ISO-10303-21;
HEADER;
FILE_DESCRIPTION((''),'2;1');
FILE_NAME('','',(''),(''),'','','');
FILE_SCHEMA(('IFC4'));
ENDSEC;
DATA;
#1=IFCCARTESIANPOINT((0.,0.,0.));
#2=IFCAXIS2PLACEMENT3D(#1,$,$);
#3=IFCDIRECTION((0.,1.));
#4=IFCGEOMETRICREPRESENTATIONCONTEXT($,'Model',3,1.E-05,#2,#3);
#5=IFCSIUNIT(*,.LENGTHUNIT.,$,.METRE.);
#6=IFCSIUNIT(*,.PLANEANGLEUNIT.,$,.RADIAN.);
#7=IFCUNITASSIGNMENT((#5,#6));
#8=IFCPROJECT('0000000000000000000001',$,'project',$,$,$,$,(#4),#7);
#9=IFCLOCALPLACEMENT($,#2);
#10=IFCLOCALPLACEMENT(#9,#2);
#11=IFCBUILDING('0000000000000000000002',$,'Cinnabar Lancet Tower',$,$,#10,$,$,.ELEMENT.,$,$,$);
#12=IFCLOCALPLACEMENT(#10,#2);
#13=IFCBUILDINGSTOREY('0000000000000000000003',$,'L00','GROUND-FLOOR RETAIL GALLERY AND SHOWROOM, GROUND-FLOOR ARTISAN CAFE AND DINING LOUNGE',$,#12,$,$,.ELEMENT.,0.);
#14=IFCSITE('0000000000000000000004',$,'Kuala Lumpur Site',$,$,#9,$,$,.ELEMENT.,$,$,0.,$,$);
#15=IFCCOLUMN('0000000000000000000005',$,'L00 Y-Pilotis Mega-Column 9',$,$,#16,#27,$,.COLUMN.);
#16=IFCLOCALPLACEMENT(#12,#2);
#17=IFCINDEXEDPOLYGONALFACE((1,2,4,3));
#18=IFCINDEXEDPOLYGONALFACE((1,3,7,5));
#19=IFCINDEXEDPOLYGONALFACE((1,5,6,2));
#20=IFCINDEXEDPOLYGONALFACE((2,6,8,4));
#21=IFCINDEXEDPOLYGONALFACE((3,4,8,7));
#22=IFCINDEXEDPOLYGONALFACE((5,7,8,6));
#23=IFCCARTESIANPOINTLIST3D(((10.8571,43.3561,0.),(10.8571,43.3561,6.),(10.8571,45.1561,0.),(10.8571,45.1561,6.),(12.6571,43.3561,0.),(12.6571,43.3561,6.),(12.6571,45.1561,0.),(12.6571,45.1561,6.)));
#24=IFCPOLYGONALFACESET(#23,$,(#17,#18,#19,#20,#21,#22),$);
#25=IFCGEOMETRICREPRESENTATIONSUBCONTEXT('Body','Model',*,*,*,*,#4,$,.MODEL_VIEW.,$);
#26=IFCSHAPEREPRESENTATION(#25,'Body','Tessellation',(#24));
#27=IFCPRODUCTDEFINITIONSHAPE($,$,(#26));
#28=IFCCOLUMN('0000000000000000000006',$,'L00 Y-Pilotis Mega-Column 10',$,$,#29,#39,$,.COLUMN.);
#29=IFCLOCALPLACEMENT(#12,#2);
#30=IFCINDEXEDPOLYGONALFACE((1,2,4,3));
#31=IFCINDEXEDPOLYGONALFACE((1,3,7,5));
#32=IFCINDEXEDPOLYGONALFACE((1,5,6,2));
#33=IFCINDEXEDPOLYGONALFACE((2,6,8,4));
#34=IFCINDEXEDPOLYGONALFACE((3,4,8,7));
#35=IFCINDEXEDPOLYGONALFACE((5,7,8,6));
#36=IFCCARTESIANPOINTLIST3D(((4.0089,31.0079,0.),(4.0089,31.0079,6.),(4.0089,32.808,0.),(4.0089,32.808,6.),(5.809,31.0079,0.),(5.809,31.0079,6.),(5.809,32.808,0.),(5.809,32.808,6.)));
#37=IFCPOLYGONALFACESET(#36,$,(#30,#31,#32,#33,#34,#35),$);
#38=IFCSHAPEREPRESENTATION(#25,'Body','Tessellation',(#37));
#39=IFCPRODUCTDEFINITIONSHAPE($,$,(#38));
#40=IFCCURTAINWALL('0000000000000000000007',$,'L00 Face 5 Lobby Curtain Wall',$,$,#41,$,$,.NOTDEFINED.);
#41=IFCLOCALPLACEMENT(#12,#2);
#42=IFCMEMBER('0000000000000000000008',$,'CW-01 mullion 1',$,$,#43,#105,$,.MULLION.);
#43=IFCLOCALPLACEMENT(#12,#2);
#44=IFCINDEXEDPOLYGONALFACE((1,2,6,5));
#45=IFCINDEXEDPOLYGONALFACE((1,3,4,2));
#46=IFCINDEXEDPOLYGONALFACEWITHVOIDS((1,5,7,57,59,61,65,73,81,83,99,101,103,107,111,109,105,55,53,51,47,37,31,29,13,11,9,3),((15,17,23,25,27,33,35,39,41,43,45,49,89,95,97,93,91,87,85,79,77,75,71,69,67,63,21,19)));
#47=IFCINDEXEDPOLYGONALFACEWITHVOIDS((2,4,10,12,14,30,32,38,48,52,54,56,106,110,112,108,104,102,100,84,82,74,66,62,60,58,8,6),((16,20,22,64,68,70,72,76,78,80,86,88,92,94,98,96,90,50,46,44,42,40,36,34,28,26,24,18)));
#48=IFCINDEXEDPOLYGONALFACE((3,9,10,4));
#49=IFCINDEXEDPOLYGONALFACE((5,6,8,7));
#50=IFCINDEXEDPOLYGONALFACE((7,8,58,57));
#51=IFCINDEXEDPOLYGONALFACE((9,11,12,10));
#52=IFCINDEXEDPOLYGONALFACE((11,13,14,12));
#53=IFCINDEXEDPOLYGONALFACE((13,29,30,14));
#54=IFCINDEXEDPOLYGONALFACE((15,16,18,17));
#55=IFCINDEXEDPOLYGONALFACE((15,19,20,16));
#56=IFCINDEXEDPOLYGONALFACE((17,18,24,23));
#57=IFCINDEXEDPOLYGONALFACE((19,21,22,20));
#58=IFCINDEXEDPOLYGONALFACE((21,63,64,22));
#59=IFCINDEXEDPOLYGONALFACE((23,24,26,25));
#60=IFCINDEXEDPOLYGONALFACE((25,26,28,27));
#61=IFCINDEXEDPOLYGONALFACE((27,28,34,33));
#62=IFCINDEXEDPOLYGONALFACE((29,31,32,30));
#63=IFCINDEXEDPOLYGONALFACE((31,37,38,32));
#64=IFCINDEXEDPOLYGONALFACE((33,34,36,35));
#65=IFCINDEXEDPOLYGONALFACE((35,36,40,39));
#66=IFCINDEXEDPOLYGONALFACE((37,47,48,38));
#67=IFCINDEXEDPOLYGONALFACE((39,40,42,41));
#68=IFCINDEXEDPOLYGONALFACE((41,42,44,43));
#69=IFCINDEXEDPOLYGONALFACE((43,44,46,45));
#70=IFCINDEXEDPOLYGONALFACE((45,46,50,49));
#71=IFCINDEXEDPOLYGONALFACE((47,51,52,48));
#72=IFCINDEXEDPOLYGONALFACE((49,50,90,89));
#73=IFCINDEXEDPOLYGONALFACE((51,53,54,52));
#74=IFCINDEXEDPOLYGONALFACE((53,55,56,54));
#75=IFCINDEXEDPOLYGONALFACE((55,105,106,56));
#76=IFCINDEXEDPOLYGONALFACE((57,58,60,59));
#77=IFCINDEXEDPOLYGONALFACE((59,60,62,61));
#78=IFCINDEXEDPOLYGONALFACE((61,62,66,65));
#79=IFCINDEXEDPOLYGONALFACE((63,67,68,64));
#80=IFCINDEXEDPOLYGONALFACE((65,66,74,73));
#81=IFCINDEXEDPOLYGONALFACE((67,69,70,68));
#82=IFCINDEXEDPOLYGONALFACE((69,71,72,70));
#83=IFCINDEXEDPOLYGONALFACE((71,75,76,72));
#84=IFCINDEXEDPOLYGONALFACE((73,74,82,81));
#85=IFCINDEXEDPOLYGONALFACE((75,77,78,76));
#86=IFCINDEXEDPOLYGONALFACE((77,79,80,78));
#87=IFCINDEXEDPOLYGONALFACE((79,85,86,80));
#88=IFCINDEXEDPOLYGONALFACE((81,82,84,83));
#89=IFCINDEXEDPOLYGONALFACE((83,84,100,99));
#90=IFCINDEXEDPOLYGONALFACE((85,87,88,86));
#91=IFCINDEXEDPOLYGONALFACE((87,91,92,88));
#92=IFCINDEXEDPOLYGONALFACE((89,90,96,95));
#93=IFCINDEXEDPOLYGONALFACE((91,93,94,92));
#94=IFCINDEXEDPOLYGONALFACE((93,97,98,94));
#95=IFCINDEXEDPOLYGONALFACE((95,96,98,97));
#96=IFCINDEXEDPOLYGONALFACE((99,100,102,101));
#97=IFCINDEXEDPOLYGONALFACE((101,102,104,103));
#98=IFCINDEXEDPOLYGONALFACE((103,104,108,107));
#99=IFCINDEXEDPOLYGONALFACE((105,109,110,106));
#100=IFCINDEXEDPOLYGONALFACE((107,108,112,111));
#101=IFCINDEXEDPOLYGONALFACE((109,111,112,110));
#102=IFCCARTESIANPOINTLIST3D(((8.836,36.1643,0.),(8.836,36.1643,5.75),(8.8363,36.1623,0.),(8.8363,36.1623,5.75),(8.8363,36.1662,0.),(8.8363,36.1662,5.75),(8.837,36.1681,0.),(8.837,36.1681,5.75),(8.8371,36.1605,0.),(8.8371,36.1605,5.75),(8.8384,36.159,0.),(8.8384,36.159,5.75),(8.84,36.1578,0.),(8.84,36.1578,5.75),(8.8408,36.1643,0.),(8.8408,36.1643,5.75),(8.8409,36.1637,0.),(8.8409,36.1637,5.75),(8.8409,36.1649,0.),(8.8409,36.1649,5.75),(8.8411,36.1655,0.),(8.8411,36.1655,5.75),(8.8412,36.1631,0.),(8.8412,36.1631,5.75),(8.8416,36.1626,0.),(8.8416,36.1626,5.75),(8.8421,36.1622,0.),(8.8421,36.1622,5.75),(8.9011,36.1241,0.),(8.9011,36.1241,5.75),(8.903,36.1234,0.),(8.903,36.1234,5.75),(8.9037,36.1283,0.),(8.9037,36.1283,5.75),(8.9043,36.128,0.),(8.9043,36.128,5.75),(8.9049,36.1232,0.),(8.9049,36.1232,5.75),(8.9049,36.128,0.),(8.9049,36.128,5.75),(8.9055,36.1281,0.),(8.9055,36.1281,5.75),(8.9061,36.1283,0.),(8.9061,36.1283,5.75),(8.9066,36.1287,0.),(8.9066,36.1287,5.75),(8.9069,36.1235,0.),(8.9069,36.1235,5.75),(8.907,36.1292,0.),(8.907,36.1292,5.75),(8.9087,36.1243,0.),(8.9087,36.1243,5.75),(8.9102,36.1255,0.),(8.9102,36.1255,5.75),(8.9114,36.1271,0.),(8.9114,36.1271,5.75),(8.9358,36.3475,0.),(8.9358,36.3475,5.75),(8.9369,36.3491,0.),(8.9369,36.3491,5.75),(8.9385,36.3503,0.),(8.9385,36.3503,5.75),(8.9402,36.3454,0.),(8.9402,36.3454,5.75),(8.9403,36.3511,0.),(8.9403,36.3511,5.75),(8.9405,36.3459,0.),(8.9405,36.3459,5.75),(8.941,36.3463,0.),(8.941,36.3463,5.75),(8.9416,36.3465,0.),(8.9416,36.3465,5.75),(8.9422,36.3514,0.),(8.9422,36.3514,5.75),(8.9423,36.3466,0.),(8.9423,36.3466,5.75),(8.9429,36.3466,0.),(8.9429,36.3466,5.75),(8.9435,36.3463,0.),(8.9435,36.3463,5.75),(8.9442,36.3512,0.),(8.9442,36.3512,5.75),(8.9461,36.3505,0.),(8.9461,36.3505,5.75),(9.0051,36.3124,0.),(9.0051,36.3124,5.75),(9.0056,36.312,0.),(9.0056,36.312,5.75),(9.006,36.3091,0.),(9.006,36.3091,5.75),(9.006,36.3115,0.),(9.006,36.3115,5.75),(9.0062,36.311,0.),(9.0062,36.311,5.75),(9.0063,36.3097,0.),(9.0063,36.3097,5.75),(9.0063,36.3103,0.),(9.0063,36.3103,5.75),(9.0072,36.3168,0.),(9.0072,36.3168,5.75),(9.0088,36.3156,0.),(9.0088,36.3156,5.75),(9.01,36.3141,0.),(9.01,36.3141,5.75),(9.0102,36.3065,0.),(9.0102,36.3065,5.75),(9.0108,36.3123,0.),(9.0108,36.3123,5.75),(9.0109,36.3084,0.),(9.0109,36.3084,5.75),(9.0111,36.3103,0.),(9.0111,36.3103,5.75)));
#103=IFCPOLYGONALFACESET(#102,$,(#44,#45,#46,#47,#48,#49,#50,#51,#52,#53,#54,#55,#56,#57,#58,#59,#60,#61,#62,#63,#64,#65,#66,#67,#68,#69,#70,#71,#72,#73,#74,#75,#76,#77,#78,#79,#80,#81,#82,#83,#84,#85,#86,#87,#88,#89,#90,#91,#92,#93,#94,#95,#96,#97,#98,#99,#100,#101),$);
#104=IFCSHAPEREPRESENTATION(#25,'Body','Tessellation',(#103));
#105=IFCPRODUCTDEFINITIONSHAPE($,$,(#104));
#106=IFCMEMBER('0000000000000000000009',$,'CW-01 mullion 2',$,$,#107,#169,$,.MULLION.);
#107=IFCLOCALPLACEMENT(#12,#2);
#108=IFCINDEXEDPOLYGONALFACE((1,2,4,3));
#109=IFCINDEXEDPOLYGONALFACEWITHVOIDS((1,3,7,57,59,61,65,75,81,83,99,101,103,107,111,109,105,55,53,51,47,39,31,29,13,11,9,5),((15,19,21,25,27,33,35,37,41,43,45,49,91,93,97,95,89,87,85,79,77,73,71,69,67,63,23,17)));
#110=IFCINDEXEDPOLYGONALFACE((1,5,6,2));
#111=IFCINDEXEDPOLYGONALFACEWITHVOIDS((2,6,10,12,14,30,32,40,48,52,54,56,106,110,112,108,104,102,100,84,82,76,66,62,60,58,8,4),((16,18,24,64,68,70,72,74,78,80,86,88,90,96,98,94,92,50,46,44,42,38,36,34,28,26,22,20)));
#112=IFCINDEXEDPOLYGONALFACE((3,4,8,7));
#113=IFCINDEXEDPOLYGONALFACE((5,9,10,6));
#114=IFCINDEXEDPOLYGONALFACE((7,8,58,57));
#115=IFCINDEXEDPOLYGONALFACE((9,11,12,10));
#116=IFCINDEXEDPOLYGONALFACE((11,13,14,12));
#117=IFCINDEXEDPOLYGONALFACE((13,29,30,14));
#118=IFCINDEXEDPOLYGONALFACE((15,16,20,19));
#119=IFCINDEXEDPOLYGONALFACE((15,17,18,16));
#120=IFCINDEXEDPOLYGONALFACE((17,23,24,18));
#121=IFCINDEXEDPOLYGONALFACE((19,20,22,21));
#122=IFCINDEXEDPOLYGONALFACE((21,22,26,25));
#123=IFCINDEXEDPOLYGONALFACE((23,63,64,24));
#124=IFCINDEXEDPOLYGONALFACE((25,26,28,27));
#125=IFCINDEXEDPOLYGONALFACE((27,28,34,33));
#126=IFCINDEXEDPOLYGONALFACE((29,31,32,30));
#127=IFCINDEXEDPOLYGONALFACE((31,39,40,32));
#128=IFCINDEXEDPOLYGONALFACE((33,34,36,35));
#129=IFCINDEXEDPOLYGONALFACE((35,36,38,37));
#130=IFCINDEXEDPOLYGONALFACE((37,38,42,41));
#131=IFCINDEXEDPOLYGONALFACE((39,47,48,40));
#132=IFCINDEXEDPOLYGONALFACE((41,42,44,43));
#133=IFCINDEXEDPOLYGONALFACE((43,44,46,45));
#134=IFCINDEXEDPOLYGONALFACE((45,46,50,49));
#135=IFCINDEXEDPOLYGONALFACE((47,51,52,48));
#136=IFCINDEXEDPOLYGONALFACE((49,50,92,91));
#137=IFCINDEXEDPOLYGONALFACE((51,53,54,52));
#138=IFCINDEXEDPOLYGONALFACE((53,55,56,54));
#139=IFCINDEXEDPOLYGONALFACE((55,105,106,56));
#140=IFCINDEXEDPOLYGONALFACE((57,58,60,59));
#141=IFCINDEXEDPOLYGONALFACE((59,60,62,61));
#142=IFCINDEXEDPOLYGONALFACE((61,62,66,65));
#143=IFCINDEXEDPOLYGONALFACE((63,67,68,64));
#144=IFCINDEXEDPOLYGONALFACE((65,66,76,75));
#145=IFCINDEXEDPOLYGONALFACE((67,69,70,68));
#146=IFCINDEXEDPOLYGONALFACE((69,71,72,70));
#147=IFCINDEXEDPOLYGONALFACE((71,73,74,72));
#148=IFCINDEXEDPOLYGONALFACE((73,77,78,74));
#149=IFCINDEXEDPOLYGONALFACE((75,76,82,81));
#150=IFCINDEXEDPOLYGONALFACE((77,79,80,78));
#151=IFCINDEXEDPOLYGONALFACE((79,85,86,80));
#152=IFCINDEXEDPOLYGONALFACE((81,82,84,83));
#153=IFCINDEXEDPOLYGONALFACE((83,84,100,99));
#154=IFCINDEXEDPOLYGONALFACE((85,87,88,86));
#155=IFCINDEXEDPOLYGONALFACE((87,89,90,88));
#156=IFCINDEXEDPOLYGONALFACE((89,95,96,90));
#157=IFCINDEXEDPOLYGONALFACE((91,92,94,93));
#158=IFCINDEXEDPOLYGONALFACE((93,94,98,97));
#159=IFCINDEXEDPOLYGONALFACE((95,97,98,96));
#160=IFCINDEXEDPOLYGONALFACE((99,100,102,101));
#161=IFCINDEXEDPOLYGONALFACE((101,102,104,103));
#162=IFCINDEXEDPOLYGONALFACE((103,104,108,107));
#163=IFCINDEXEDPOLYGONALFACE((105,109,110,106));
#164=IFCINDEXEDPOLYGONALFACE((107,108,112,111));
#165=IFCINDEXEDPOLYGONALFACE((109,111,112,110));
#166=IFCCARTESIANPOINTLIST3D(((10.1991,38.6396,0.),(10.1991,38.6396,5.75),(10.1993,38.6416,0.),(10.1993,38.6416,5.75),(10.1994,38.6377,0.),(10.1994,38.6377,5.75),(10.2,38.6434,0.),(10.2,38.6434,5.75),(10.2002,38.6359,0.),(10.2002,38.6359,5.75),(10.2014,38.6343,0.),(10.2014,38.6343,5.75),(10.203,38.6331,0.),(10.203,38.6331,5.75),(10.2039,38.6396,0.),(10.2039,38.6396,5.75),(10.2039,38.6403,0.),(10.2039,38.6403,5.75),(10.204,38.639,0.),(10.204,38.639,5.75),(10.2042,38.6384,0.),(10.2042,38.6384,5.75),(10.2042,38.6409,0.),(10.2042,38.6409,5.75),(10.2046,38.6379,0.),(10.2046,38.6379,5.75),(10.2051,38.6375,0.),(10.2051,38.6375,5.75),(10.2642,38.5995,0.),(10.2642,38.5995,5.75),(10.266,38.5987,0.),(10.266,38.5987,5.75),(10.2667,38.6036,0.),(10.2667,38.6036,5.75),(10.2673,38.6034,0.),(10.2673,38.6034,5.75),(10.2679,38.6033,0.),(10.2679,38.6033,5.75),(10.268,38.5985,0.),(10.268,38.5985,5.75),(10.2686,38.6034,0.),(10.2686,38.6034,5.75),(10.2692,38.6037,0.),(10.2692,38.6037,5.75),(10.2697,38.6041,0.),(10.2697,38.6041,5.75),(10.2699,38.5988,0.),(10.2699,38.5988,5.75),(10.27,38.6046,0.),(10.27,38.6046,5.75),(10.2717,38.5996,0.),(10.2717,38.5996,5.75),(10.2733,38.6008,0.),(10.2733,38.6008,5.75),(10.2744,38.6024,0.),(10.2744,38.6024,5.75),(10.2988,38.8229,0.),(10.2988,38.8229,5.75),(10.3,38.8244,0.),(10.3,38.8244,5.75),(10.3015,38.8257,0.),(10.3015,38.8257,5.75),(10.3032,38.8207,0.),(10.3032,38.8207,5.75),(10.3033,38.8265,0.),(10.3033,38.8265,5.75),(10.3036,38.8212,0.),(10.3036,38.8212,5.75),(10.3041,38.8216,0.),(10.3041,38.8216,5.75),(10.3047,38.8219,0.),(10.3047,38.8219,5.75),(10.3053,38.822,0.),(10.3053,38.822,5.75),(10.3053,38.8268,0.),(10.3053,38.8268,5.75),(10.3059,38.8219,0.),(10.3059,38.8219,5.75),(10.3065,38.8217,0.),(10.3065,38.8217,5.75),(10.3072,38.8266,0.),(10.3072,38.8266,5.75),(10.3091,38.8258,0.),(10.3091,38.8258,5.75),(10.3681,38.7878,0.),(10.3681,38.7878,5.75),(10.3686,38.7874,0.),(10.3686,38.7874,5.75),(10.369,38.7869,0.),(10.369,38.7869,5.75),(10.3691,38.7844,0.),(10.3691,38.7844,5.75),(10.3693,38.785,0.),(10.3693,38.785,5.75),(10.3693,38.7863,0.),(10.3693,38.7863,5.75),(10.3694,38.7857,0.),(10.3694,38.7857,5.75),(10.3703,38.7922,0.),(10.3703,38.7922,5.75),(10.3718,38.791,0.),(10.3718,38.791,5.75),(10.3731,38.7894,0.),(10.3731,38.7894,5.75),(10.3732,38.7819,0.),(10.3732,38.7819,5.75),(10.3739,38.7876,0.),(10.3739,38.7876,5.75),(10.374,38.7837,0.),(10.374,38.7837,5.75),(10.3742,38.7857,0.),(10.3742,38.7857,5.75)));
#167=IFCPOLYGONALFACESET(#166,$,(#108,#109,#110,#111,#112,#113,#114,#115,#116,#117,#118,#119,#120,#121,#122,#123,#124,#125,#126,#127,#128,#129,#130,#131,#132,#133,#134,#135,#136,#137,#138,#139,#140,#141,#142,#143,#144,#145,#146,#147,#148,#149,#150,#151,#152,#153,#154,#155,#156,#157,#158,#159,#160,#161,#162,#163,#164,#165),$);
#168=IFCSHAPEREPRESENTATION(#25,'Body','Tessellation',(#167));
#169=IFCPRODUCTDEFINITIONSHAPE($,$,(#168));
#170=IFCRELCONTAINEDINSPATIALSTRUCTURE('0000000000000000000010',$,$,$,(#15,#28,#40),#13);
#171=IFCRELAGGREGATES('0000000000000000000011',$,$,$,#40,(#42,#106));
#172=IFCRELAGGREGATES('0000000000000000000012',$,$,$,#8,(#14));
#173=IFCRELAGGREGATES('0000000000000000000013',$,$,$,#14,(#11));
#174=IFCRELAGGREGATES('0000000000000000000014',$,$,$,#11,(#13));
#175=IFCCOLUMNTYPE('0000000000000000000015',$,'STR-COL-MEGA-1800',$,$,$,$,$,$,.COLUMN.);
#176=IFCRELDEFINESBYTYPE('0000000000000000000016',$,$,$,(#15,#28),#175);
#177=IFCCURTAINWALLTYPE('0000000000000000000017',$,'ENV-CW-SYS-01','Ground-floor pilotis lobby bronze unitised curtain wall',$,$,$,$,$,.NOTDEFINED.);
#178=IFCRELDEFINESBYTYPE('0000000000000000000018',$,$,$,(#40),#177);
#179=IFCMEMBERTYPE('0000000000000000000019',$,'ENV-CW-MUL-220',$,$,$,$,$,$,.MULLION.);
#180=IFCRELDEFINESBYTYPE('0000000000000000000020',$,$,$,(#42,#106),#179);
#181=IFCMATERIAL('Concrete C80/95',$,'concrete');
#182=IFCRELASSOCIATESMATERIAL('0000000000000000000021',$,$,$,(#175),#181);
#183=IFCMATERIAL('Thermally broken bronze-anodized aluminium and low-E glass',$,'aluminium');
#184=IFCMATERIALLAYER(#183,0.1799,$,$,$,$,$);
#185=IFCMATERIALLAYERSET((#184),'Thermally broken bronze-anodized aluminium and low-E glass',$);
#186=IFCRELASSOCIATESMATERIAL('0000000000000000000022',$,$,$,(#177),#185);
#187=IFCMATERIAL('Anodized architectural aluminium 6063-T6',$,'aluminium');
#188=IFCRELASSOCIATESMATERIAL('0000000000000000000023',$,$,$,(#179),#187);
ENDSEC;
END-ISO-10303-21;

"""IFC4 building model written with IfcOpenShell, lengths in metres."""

from ifc_helpers import new_model, si_unit, direction, frame, origin, origin_2d, place, context, subcontext, project, spatial, rectangle, hollow_rectangle, extrude, material, layer, layer_set, material_profile, profile_set, type_object, element, aggregate, save


model = new_model("IFC4")

# Units and contexts
model_context = context("Model", 3, precision=1e-05, world=origin(), true_north=direction((0.0, 1.0)))
body_context = subcontext(model_context, "Body", "Model", "MODEL_VIEW")
ifc_project = project(units=[si_unit("LENGTHUNIT", "METRE"), si_unit("PLANEANGLEUNIT", "RADIAN")], contexts=[model_context])

# Site, building, storey
site_placement = place(None, origin())
site = spatial("IfcSite", under=ifc_project, at=site_placement, Name="Kuala Lumpur Site", CompositionType="ELEMENT", RefElevation=0.0)
building_placement = place(site_placement, origin())
building = spatial("IfcBuilding", under=site, at=building_placement, Name="Cinnabar Lancet Tower", CompositionType="ELEMENT")
storey_placement = place(building_placement, origin())
storey = spatial("IfcBuildingStorey", under=building, at=storey_placement, Name="L00", Description="GROUND-FLOOR RETAIL GALLERY AND SHOWROOM, GROUND-FLOOR ARTISAN CAFE AND DINING LOUNGE", CompositionType="ELEMENT", Elevation=0.0)

# Columns
ifc_material_1 = material(Name="Concrete C80/95", Category="concrete")
ifc_material_profile_1 = material_profile(ifc_material_1, rectangle(XDim=1.8, YDim=1.8, at=origin_2d()), Name="RC-MEGA 1800x1800")
ifc_profile_set_1 = profile_set([ifc_material_profile_1], Name="Concrete C80/95")
column_type = type_object("IfcColumnType", Name="STR-COL-MEGA-1800", PredefinedType="COLUMN", material=ifc_profile_set_1)
for number, where, z_axis, x_axis, name in (
    (1, (11.7571, 44.2561, 0.0), (0.0, 0.0, 1.0), (1.0, 0.0, 0.0), "L00 Y-Pilotis Mega-Column 9"),
    (2, (4.9089, 31.908, 0.0), (0.0, 0.0, 1.0), (1.0, 0.0, 0.0), "L00 Y-Pilotis Mega-Column 10"),
):
    element("IfcColumn", number, at=place(storey_placement, frame(where, z_axis=z_axis, x_axis=x_axis)), inside=storey, type_object=column_type, Name=name, PredefinedType="COLUMN", context=body_context, shape_type="SweptSolid", body=[
        extrude(rectangle(XDim=1.8, YDim=1.8, at=origin_2d()), origin(), (0.0, 0.0, 1.0), 6.0),
    ])

# Curtain wall, members
ifc_material_2 = material(Name="Thermally broken bronze-anodized aluminium and low-E glass", Category="aluminium")
ifc_layer_1 = layer(ifc_material_2, 0.1799)
ifc_layer_set_1 = layer_set([ifc_layer_1], Name="Thermally broken bronze-anodized aluminium and low-E glass")
curtain_wall_type = type_object("IfcCurtainWallType", Name="ENV-CW-SYS-01", Description="Ground-floor pilotis lobby bronze unitised curtain wall", PredefinedType="NOTDEFINED", material=ifc_layer_set_1)
curtain_wall_placement = place(storey_placement, origin())
curtain_wall = element("IfcCurtainWall", 3, at=curtain_wall_placement, inside=storey, type_object=curtain_wall_type, Name="L00 Face 5 Lobby Curtain Wall", PredefinedType="NOTDEFINED")
ifc_material_3 = material(Name="Anodized architectural aluminium 6063-T6", Category="aluminium")
ifc_material_profile_2 = material_profile(ifc_material_3, hollow_rectangle(XDim=0.085, YDim=0.22, WallThickness=0.0049, InnerFilletRadius=0.0024, OuterFilletRadius=0.0076, at=origin_2d()), Name="CW-MUL 220x85x5")
ifc_profile_set_2 = profile_set([ifc_material_profile_2], Name="Anodized architectural aluminium 6063-T6")
member_type_1 = type_object("IfcMemberType", Name="ENV-CW-MUL-220", PredefinedType="MULLION", material=ifc_profile_set_2)
member_1_placement = place(storey_placement, frame((8.9236, 36.2373, 0.0), z_axis=(0.0, 0.0, 1.0), x_axis=(-0.875982, 0.482344, 0.0)))
member_1 = element("IfcMember", 4, at=member_1_placement, type_object=member_type_1, Name="CW-01 mullion 1", PredefinedType="MULLION", context=body_context, shape_type="SweptSolid", body=[
    extrude(hollow_rectangle(XDim=0.085, YDim=0.22, WallThickness=0.0049, InnerFilletRadius=0.0024, OuterFilletRadius=0.0076, at=origin_2d()), origin(), (0.0, 0.0, 1.0), 5.75),
])
member_2_placement = place(storey_placement, frame((10.2866, 38.7126, 0.0), z_axis=(0.0, 0.0, 1.0), x_axis=(-0.875982, 0.482344, 0.0)))
member_2 = element("IfcMember", 5, at=member_2_placement, type_object=member_type_1, Name="CW-01 mullion 2", PredefinedType="MULLION", context=body_context, shape_type="SweptSolid", body=[
    extrude(hollow_rectangle(XDim=0.085, YDim=0.22, WallThickness=0.0049, InnerFilletRadius=0.0024, OuterFilletRadius=0.0076, at=origin_2d()), origin(), (0.0, 0.0, 1.0), 5.75),
])

aggregate(curtain_wall, [member_1, member_2])

save(model, "model.ifc")
